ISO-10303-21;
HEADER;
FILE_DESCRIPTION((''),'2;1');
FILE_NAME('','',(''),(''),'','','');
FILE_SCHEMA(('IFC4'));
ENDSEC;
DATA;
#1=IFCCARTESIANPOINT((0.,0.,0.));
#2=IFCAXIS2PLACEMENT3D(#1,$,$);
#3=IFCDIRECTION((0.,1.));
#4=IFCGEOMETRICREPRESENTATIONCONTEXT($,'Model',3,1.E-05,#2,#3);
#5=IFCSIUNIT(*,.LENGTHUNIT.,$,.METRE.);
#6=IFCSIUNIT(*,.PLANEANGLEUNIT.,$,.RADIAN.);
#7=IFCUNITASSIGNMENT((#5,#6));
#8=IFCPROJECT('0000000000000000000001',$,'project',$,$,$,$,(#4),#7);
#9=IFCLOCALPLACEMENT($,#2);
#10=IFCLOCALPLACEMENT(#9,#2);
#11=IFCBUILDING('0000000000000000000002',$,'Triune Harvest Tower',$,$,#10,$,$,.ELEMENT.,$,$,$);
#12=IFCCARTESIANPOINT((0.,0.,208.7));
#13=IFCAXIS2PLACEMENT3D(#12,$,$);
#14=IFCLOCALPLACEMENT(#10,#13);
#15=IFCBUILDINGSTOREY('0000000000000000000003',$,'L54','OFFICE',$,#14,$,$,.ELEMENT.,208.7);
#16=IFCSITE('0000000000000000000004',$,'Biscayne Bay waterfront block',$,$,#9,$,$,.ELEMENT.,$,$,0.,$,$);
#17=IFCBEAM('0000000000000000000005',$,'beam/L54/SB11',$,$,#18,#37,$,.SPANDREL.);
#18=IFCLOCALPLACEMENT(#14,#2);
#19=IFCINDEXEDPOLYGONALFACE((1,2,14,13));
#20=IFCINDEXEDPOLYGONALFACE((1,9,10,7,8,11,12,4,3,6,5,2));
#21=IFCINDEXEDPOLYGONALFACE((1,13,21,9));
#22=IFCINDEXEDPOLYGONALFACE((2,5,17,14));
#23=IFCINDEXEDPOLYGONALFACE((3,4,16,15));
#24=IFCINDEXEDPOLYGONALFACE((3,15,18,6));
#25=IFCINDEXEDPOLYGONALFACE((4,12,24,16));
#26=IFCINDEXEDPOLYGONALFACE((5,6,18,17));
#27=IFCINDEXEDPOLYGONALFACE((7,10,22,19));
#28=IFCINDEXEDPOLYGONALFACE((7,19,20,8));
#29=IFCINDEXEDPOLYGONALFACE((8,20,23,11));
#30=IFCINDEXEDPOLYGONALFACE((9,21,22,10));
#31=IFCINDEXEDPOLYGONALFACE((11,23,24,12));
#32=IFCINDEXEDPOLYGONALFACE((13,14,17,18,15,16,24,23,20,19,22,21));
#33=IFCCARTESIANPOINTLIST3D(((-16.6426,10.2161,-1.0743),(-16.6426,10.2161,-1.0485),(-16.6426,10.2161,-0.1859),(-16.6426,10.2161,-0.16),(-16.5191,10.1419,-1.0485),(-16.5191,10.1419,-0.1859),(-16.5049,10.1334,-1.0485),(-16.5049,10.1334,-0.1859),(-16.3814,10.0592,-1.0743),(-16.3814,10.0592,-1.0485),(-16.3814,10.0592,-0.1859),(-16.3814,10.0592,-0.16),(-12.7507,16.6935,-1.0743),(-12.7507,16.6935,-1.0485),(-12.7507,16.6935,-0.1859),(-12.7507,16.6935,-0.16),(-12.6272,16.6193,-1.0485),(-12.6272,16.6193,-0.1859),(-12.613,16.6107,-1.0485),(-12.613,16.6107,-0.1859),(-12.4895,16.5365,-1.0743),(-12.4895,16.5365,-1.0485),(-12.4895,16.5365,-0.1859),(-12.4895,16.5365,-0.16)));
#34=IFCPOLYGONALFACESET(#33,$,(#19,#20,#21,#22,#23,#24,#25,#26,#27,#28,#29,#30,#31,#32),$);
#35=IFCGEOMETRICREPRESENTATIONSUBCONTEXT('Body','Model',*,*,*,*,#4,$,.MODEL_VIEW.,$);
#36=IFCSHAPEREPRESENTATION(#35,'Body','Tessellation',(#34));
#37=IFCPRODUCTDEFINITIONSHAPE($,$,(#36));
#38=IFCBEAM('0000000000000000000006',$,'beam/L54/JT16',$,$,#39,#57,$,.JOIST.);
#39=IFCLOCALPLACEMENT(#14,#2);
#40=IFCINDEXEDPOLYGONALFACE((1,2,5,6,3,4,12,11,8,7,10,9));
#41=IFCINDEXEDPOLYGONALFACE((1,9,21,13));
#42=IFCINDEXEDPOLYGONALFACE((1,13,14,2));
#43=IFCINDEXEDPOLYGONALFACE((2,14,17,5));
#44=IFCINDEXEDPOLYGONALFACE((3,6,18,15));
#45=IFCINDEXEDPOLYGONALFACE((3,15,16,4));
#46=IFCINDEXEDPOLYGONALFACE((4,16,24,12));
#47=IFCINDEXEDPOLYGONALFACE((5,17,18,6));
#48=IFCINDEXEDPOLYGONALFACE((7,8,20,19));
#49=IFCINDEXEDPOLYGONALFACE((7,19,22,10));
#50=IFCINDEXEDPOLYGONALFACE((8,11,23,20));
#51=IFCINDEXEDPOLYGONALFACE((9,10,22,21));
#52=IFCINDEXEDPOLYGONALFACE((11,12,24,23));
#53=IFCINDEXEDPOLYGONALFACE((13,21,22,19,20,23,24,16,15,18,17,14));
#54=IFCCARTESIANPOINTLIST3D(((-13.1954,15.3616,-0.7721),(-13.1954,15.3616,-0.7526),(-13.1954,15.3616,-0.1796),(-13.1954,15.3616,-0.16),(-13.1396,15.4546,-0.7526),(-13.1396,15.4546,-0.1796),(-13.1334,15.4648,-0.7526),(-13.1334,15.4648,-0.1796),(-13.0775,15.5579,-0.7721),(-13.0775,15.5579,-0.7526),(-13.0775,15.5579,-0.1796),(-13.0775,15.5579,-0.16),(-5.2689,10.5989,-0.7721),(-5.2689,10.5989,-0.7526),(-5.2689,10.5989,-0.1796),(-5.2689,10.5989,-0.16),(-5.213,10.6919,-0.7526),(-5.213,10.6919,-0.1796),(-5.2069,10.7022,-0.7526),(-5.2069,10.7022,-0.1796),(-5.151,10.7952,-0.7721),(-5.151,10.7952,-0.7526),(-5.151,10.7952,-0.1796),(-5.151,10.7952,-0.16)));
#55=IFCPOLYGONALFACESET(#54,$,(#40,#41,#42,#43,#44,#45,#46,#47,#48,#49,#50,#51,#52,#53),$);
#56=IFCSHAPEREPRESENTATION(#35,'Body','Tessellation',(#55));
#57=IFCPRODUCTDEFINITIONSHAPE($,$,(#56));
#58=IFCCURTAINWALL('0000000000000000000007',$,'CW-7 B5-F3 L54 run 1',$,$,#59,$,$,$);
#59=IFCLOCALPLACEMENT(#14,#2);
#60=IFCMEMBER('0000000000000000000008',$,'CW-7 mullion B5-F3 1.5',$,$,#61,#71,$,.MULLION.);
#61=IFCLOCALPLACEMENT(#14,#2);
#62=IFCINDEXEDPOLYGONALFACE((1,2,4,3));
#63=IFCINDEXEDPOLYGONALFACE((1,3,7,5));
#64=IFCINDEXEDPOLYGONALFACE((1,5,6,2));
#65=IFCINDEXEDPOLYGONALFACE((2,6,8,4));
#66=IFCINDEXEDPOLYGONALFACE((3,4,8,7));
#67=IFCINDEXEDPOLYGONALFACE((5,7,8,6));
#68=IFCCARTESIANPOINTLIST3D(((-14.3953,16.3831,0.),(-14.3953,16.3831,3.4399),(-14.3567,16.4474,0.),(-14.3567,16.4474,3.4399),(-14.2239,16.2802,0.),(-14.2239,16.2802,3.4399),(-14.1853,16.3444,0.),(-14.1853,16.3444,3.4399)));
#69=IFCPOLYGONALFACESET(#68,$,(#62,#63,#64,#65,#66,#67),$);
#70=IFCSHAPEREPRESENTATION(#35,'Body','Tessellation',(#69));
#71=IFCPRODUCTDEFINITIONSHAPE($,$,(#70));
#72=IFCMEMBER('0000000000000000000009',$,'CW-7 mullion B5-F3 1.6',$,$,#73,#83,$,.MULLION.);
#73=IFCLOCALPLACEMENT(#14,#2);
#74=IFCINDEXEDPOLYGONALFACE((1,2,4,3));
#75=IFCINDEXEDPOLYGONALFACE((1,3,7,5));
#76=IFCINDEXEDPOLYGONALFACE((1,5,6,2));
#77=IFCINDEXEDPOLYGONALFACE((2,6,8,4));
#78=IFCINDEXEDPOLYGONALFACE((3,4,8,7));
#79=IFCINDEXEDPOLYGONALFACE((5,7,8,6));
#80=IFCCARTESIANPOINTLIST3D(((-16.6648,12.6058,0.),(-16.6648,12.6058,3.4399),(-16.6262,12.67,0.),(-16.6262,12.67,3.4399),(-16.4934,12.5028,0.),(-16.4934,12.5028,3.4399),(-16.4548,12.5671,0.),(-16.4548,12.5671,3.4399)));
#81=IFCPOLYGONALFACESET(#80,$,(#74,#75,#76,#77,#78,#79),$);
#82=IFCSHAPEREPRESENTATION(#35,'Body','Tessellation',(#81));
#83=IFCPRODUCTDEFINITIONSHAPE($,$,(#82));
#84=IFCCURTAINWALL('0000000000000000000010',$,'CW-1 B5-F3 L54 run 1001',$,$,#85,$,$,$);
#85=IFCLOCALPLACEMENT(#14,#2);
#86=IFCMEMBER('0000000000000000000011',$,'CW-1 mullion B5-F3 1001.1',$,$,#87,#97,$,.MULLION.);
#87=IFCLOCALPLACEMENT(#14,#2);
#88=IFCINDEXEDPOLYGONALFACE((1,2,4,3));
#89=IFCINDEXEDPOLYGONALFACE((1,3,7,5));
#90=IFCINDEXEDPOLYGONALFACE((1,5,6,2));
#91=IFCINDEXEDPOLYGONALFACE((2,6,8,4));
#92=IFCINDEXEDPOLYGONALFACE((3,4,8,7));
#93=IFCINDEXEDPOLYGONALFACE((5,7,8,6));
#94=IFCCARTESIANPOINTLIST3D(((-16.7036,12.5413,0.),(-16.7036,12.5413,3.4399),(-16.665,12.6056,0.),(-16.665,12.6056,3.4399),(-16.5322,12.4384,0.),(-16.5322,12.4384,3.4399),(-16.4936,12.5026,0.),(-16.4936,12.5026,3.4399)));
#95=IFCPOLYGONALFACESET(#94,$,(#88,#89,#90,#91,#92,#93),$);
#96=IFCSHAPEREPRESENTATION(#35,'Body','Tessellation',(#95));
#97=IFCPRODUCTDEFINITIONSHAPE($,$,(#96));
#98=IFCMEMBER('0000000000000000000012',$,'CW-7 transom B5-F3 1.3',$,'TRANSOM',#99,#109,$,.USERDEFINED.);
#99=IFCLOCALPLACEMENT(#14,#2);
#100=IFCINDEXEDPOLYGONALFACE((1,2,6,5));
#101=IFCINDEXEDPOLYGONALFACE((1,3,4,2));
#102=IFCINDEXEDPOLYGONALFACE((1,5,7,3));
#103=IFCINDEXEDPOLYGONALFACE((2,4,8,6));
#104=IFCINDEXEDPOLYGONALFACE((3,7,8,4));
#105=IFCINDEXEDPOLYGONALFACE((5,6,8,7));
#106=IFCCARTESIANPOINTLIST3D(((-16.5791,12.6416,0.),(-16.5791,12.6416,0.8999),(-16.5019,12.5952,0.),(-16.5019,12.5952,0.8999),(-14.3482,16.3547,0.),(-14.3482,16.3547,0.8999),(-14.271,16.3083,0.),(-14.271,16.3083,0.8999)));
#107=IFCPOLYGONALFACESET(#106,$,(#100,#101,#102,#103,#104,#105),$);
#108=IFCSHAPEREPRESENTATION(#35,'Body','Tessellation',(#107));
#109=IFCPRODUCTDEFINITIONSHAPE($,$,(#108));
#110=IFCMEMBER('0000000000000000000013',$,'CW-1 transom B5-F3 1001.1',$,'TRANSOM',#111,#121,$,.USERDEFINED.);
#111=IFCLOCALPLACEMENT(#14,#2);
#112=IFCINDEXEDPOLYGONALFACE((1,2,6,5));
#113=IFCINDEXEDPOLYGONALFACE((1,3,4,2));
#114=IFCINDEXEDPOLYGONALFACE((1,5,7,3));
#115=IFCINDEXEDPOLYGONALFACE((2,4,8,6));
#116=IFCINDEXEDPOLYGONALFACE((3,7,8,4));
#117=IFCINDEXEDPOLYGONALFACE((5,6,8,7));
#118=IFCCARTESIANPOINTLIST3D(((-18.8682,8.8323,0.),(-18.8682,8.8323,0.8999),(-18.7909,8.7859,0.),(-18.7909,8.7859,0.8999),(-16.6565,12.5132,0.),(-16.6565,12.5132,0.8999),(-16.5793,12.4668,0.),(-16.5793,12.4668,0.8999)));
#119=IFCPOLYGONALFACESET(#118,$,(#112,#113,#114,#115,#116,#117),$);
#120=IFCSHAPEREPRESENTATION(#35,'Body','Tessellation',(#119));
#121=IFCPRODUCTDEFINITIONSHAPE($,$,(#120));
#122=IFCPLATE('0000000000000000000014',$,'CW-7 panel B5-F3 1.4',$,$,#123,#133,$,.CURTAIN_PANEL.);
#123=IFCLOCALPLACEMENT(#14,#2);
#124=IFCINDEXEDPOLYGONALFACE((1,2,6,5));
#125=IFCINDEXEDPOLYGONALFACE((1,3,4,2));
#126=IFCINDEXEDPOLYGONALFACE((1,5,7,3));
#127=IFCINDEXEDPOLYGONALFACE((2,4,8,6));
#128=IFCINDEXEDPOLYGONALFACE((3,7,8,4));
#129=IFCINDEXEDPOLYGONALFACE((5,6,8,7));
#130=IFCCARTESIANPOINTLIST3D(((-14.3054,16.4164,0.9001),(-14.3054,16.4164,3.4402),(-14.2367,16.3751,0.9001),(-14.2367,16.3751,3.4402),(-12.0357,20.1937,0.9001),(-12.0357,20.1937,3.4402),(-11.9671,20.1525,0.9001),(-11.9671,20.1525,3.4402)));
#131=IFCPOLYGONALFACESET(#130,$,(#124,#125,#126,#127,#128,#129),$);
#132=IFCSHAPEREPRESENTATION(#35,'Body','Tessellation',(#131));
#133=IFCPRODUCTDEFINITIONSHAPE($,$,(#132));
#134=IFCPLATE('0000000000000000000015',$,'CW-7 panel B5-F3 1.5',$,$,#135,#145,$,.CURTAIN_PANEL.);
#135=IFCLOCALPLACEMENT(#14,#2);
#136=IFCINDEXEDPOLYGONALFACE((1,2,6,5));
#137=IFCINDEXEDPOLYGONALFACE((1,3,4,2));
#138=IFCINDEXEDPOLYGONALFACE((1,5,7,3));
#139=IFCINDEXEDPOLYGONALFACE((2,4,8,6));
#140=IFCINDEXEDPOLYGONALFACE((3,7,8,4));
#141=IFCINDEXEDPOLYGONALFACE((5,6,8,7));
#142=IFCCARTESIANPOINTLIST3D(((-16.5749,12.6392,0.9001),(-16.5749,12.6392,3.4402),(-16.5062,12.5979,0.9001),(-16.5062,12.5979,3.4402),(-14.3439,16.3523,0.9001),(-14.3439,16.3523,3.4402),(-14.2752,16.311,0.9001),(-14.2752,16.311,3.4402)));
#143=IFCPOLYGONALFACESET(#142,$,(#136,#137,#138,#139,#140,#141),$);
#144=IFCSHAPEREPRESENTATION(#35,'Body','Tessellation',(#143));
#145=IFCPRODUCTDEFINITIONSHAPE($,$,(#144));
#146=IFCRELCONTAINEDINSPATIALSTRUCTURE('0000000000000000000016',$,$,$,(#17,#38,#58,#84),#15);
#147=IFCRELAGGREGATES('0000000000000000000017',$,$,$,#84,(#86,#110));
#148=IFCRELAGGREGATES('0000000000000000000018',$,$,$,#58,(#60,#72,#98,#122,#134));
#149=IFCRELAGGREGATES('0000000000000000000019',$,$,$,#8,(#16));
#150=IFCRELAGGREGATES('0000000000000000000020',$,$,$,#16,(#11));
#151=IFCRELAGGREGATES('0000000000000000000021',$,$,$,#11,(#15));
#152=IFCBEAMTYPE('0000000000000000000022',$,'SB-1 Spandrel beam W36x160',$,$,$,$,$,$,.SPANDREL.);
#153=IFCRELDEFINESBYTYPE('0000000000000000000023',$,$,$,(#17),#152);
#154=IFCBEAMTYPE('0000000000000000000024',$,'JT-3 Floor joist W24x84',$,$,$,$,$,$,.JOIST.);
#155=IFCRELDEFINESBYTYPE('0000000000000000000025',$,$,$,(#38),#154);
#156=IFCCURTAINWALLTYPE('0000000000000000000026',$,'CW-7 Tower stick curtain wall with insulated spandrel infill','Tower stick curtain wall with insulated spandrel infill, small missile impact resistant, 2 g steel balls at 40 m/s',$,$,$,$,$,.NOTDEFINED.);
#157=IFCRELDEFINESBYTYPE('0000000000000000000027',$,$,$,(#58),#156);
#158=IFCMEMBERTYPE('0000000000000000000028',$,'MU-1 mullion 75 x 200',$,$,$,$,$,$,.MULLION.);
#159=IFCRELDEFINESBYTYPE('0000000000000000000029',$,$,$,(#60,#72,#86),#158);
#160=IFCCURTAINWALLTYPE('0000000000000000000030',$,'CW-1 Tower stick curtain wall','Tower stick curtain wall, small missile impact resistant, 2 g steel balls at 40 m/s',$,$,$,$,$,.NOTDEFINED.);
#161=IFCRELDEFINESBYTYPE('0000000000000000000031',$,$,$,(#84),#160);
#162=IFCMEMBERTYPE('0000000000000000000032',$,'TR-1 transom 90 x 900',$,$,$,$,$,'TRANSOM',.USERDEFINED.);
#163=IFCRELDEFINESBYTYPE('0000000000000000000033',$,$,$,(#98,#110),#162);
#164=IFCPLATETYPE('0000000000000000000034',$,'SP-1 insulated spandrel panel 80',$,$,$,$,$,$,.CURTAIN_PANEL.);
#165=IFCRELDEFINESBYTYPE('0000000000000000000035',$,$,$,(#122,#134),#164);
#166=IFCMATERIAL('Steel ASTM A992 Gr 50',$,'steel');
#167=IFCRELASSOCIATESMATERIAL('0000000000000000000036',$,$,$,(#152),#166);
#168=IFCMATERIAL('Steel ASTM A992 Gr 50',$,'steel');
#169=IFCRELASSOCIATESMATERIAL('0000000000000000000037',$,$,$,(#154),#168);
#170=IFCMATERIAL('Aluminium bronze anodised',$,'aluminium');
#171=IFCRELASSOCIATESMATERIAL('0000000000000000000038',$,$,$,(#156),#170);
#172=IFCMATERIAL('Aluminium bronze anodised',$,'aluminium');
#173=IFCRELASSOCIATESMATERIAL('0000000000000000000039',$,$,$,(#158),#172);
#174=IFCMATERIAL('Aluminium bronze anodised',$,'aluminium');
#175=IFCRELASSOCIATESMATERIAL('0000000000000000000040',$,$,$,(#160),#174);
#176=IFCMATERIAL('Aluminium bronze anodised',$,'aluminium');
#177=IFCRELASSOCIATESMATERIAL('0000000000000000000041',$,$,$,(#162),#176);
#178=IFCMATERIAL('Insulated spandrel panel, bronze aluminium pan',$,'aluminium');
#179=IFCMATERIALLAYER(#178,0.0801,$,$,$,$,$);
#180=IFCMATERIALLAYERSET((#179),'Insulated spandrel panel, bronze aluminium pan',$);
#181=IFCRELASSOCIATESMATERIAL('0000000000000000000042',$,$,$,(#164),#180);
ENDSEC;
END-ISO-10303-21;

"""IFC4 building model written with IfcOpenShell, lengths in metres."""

from ifc_helpers import new_model, si_unit, direction, frame, origin, origin_2d, place, context, subcontext, project, spatial, rectangle, i_section, extrude, source, transform, mapped, material, layer, layer_set, material_profile, profile_set, type_object, element, aggregate, save


model = new_model("IFC4")

# Units and contexts
model_context = context("Model", 3, precision=1e-05, world=origin(), true_north=direction((0.0, 1.0)))
body_context = subcontext(model_context, "Body", "Model", "MODEL_VIEW")
ifc_project = project(units=[si_unit("LENGTHUNIT", "METRE"), si_unit("PLANEANGLEUNIT", "RADIAN")], contexts=[model_context])

# Site, building, storey
site_placement = place(None, origin())
site = spatial("IfcSite", under=ifc_project, at=site_placement, Name="Biscayne Bay waterfront block", CompositionType="ELEMENT", RefElevation=0.0)
building_placement = place(site_placement, origin())
building = spatial("IfcBuilding", under=site, at=building_placement, Name="Triune Harvest Tower", CompositionType="ELEMENT")
storey_placement = place(building_placement, frame((0.0, 0.0, 208.7)))
storey = spatial("IfcBuildingStorey", under=building, at=storey_placement, Name="L54", Description="OFFICE", CompositionType="ELEMENT", Elevation=208.7)

# Beams
ifc_material_1 = material(Name="Steel ASTM A992 Gr 50", Category="steel")
ifc_material_profile_1 = material_profile(ifc_material_1, i_section(OverallWidth=0.3047, OverallDepth=0.9143, WebThickness=0.0166, FlangeThickness=0.0259, at=origin_2d()), Name="W36x160")
ifc_profile_set_1 = profile_set([ifc_material_profile_1], Name="Steel ASTM A992 Gr 50")
beam_type_1 = type_object("IfcBeamType", Name="SB-1 Spandrel beam W36x160", PredefinedType="SPANDREL", material=ifc_profile_set_1)
shared_shape_1 = source(origin(), body_context, "Body", "SweptSolid", [
    extrude(i_section(OverallWidth=0.3047, OverallDepth=0.9143, WebThickness=0.0166, FlangeThickness=0.0259, at=origin_2d()), origin(), (0.0, 0.0, 1.0), 7.5566),
])
beam_1_placement = place(storey_placement, frame((-12.6201, 16.615, -0.6172), z_axis=(-0.515028, -0.857173, 0.0), x_axis=(0.857173, -0.515028, 0.0)))
element("IfcBeam", 1, at=beam_1_placement, inside=storey, type_object=beam_type_1, Name="beam/L54/SB11", PredefinedType="SPANDREL", context=body_context, shape_type="MappedRepresentation", body=[
    mapped(shared_shape_1, transform((0.0, 0.0, 0.0), scale=1.0)),
])
ifc_material_2 = material(Name="Steel ASTM A992 Gr 50", Category="steel")
ifc_material_profile_2 = material_profile(ifc_material_2, i_section(OverallWidth=0.229, OverallDepth=0.6121, WebThickness=0.012, FlangeThickness=0.0195, at=origin_2d()), Name="W24x84")
ifc_profile_set_2 = profile_set([ifc_material_profile_2], Name="Steel ASTM A992 Gr 50")
beam_type_2 = type_object("IfcBeamType", Name="JT-3 Floor joist W24x84", PredefinedType="JOIST", material=ifc_profile_set_2)
shared_shape_2 = source(origin(), body_context, "Body", "SweptSolid", [
    extrude(i_section(OverallWidth=0.229, OverallDepth=0.6121, WebThickness=0.012, FlangeThickness=0.0195, at=origin_2d()), origin(), (0.0, 0.0, 1.0), 9.2473),
])
beam_2_placement = place(storey_placement, frame((-13.1365, 15.4597, -0.4661), z_axis=(0.857169, -0.515035, 0.0), x_axis=(0.515035, 0.857169, 0.0)))
element("IfcBeam", 2, at=beam_2_placement, inside=storey, type_object=beam_type_2, Name="beam/L54/JT16", PredefinedType="JOIST", context=body_context, shape_type="MappedRepresentation", body=[
    mapped(shared_shape_2, transform((0.0, 0.0, 0.0), scale=1.0)),
])

# Curtain wall, members
ifc_material_3 = material(Name="Aluminium bronze anodised", Category="aluminium")
curtain_wall_type_1 = type_object("IfcCurtainWallType", Name="CW-7 Tower stick curtain wall with insulated spandrel infill", Description="Tower stick curtain wall with insulated spandrel infill, small missile impact resistant, 2 g steel balls at 40 m/s", PredefinedType="NOTDEFINED", material=ifc_material_3)
curtain_wall_1_placement = place(storey_placement, origin())
curtain_wall_1 = element("IfcCurtainWall", 3, at=curtain_wall_1_placement, inside=storey, type_object=curtain_wall_type_1, Name="CW-7 B5-F3 L54 run 1")
ifc_material_4 = material(Name="Aluminium bronze anodised", Category="aluminium")
ifc_material_profile_3 = material_profile(ifc_material_4, rectangle(XDim=0.2, YDim=0.075, at=origin_2d()), Name="MU-1 mullion 75 x 200")
ifc_profile_set_3 = profile_set([ifc_material_profile_3], Name="Aluminium bronze anodised")
member_type_1 = type_object("IfcMemberType", Name="MU-1 mullion 75 x 200", PredefinedType="MULLION", material=ifc_profile_set_3)
shared_shape_3 = source(origin(), body_context, "Body", "SweptSolid", [
    extrude(rectangle(XDim=0.2, YDim=0.075, at=origin_2d()), origin(), (0.0, 0.0, 1.0), 3.4399),
])
member_1_placement = place(storey_placement, frame((-14.2903, 16.3638, 0.0), z_axis=(0.0, 0.0, 1.0), x_axis=(0.857168, -0.515036, 0.0)))
member_1 = element("IfcMember", 4, at=member_1_placement, type_object=member_type_1, Name="CW-7 mullion B5-F3 1.5", PredefinedType="MULLION", context=body_context, shape_type="MappedRepresentation", body=[
    mapped(shared_shape_3, transform((0.0, 0.0, 0.0), scale=1.0)),
])
member_2_placement = place(storey_placement, frame((-16.5598, 12.5864, 0.0), z_axis=(0.0, 0.0, 1.0), x_axis=(0.857168, -0.515036, 0.0)))
member_2 = element("IfcMember", 5, at=member_2_placement, type_object=member_type_1, Name="CW-7 mullion B5-F3 1.6", PredefinedType="MULLION", context=body_context, shape_type="MappedRepresentation", body=[
    mapped(shared_shape_3, transform((0.0, 0.0, 0.0), scale=1.0)),
])

# Curtain wall, member
ifc_material_5 = material(Name="Aluminium bronze anodised", Category="aluminium")
curtain_wall_type_2 = type_object("IfcCurtainWallType", Name="CW-1 Tower stick curtain wall", Description="Tower stick curtain wall, small missile impact resistant, 2 g steel balls at 40 m/s", PredefinedType="NOTDEFINED", material=ifc_material_5)
curtain_wall_2_placement = place(storey_placement, origin())
curtain_wall_2 = element("IfcCurtainWall", 6, at=curtain_wall_2_placement, inside=storey, type_object=curtain_wall_type_2, Name="CW-1 B5-F3 L54 run 1001")
member_3_placement = place(storey_placement, frame((-16.5986, 12.522, 0.0), z_axis=(0.0, 0.0, 1.0), x_axis=(0.857165, -0.515042, 0.0)))
member_3 = element("IfcMember", 7, at=member_3_placement, type_object=member_type_1, Name="CW-1 mullion B5-F3 1001.1", PredefinedType="MULLION", context=body_context, shape_type="MappedRepresentation", body=[
    mapped(shared_shape_3, transform((0.0, 0.0, 0.0), scale=1.0)),
])

# Members
ifc_material_6 = material(Name="Aluminium bronze anodised", Category="aluminium")
ifc_material_profile_4 = material_profile(ifc_material_6, rectangle(XDim=0.0901, YDim=0.8999, at=origin_2d()), Name="TR-1 transom 90 x 900")
ifc_profile_set_4 = profile_set([ifc_material_profile_4], Name="Aluminium bronze anodised")
member_type_2 = type_object("IfcMemberType", Name="TR-1 transom 90 x 900", ElementType="TRANSOM", PredefinedType="USERDEFINED", material=ifc_profile_set_4)
shared_shape_4 = source(origin(), body_context, "Body", "SweptSolid", [
    extrude(rectangle(XDim=0.0901, YDim=0.8999, at=origin_2d()), origin(), (0.0, 0.0, 1.0), 4.3318),
])
member_4_placement = place(storey_placement, frame((-14.3096, 16.3315, 0.45), z_axis=(-0.515018, -0.857179, 0.0), x_axis=(0.857179, -0.515018, 0.0)))
member_4 = element("IfcMember", 8, at=member_4_placement, type_object=member_type_2, Name="CW-7 transom B5-F3 1.3", ObjectType="TRANSOM", PredefinedType="USERDEFINED", context=body_context, shape_type="MappedRepresentation", body=[
    mapped(shared_shape_4, transform((0.0, 0.0, 0.0), scale=1.0)),
])
shared_shape_5 = source(origin(), body_context, "Body", "SweptSolid", [
    extrude(rectangle(XDim=0.0901, YDim=0.8999, at=origin_2d()), origin(), (0.0, 0.0, 1.0), 4.2942),
])
member_5_placement = place(storey_placement, frame((-16.6179, 12.49, 0.45), z_axis=(-0.515031, -0.857172, 0.0), x_axis=(0.857172, -0.515031, 0.0)))
member_5 = element("IfcMember", 9, at=member_5_placement, type_object=member_type_2, Name="CW-1 transom B5-F3 1001.1", ObjectType="TRANSOM", PredefinedType="USERDEFINED", context=body_context, shape_type="MappedRepresentation", body=[
    mapped(shared_shape_5, transform((0.0, 0.0, 0.0), scale=1.0)),
])
aggregate(curtain_wall_2, [member_3, member_5])

# Plates
ifc_material_7 = material(Name="Insulated spandrel panel, bronze aluminium pan", Category="aluminium")
ifc_layer_1 = layer(ifc_material_7, 0.0801)
ifc_layer_set_1 = layer_set([ifc_layer_1], Name="Insulated spandrel panel, bronze aluminium pan")
plate_type = type_object("IfcPlateType", Name="SP-1 insulated spandrel panel 80", PredefinedType="CURTAIN_PANEL", material=ifc_layer_set_1)
shared_shape_6 = source(origin(), body_context, "Body", "SweptSolid", [
    extrude(rectangle(XDim=4.4067, YDim=0.0801, at=origin_2d()), origin(), (0.0, 0.0, 1.0), 2.54),
])
plate_1_placement = place(storey_placement, frame((-13.1362, 18.2844, 0.9001), z_axis=(0.0, 0.0, 1.0), x_axis=(-0.515036, -0.857168, 0.0)))
plate_1 = element("IfcPlate", 10, at=plate_1_placement, type_object=plate_type, Name="CW-7 panel B5-F3 1.4", PredefinedType="CURTAIN_PANEL", context=body_context, shape_type="MappedRepresentation", body=[
    mapped(shared_shape_6, transform((0.0, 0.0, 0.0), scale=1.0)),
])
shared_shape_7 = source(origin(), body_context, "Body", "SweptSolid", [
    extrude(rectangle(XDim=4.3318, YDim=0.0801, at=origin_2d()), origin(), (0.0, 0.0, 1.0), 2.54),
])
plate_2_placement = place(storey_placement, frame((-15.425, 14.4751, 0.9001), z_axis=(0.0, 0.0, 1.0), x_axis=(-0.515036, -0.857168, 0.0)))
plate_2 = element("IfcPlate", 11, at=plate_2_placement, type_object=plate_type, Name="CW-7 panel B5-F3 1.5", PredefinedType="CURTAIN_PANEL", context=body_context, shape_type="MappedRepresentation", body=[
    mapped(shared_shape_7, transform((0.0, 0.0, 0.0), scale=1.0)),
])
aggregate(curtain_wall_1, [member_1, member_2, member_4, plate_1, plate_2])

save(model, "model.ifc")
